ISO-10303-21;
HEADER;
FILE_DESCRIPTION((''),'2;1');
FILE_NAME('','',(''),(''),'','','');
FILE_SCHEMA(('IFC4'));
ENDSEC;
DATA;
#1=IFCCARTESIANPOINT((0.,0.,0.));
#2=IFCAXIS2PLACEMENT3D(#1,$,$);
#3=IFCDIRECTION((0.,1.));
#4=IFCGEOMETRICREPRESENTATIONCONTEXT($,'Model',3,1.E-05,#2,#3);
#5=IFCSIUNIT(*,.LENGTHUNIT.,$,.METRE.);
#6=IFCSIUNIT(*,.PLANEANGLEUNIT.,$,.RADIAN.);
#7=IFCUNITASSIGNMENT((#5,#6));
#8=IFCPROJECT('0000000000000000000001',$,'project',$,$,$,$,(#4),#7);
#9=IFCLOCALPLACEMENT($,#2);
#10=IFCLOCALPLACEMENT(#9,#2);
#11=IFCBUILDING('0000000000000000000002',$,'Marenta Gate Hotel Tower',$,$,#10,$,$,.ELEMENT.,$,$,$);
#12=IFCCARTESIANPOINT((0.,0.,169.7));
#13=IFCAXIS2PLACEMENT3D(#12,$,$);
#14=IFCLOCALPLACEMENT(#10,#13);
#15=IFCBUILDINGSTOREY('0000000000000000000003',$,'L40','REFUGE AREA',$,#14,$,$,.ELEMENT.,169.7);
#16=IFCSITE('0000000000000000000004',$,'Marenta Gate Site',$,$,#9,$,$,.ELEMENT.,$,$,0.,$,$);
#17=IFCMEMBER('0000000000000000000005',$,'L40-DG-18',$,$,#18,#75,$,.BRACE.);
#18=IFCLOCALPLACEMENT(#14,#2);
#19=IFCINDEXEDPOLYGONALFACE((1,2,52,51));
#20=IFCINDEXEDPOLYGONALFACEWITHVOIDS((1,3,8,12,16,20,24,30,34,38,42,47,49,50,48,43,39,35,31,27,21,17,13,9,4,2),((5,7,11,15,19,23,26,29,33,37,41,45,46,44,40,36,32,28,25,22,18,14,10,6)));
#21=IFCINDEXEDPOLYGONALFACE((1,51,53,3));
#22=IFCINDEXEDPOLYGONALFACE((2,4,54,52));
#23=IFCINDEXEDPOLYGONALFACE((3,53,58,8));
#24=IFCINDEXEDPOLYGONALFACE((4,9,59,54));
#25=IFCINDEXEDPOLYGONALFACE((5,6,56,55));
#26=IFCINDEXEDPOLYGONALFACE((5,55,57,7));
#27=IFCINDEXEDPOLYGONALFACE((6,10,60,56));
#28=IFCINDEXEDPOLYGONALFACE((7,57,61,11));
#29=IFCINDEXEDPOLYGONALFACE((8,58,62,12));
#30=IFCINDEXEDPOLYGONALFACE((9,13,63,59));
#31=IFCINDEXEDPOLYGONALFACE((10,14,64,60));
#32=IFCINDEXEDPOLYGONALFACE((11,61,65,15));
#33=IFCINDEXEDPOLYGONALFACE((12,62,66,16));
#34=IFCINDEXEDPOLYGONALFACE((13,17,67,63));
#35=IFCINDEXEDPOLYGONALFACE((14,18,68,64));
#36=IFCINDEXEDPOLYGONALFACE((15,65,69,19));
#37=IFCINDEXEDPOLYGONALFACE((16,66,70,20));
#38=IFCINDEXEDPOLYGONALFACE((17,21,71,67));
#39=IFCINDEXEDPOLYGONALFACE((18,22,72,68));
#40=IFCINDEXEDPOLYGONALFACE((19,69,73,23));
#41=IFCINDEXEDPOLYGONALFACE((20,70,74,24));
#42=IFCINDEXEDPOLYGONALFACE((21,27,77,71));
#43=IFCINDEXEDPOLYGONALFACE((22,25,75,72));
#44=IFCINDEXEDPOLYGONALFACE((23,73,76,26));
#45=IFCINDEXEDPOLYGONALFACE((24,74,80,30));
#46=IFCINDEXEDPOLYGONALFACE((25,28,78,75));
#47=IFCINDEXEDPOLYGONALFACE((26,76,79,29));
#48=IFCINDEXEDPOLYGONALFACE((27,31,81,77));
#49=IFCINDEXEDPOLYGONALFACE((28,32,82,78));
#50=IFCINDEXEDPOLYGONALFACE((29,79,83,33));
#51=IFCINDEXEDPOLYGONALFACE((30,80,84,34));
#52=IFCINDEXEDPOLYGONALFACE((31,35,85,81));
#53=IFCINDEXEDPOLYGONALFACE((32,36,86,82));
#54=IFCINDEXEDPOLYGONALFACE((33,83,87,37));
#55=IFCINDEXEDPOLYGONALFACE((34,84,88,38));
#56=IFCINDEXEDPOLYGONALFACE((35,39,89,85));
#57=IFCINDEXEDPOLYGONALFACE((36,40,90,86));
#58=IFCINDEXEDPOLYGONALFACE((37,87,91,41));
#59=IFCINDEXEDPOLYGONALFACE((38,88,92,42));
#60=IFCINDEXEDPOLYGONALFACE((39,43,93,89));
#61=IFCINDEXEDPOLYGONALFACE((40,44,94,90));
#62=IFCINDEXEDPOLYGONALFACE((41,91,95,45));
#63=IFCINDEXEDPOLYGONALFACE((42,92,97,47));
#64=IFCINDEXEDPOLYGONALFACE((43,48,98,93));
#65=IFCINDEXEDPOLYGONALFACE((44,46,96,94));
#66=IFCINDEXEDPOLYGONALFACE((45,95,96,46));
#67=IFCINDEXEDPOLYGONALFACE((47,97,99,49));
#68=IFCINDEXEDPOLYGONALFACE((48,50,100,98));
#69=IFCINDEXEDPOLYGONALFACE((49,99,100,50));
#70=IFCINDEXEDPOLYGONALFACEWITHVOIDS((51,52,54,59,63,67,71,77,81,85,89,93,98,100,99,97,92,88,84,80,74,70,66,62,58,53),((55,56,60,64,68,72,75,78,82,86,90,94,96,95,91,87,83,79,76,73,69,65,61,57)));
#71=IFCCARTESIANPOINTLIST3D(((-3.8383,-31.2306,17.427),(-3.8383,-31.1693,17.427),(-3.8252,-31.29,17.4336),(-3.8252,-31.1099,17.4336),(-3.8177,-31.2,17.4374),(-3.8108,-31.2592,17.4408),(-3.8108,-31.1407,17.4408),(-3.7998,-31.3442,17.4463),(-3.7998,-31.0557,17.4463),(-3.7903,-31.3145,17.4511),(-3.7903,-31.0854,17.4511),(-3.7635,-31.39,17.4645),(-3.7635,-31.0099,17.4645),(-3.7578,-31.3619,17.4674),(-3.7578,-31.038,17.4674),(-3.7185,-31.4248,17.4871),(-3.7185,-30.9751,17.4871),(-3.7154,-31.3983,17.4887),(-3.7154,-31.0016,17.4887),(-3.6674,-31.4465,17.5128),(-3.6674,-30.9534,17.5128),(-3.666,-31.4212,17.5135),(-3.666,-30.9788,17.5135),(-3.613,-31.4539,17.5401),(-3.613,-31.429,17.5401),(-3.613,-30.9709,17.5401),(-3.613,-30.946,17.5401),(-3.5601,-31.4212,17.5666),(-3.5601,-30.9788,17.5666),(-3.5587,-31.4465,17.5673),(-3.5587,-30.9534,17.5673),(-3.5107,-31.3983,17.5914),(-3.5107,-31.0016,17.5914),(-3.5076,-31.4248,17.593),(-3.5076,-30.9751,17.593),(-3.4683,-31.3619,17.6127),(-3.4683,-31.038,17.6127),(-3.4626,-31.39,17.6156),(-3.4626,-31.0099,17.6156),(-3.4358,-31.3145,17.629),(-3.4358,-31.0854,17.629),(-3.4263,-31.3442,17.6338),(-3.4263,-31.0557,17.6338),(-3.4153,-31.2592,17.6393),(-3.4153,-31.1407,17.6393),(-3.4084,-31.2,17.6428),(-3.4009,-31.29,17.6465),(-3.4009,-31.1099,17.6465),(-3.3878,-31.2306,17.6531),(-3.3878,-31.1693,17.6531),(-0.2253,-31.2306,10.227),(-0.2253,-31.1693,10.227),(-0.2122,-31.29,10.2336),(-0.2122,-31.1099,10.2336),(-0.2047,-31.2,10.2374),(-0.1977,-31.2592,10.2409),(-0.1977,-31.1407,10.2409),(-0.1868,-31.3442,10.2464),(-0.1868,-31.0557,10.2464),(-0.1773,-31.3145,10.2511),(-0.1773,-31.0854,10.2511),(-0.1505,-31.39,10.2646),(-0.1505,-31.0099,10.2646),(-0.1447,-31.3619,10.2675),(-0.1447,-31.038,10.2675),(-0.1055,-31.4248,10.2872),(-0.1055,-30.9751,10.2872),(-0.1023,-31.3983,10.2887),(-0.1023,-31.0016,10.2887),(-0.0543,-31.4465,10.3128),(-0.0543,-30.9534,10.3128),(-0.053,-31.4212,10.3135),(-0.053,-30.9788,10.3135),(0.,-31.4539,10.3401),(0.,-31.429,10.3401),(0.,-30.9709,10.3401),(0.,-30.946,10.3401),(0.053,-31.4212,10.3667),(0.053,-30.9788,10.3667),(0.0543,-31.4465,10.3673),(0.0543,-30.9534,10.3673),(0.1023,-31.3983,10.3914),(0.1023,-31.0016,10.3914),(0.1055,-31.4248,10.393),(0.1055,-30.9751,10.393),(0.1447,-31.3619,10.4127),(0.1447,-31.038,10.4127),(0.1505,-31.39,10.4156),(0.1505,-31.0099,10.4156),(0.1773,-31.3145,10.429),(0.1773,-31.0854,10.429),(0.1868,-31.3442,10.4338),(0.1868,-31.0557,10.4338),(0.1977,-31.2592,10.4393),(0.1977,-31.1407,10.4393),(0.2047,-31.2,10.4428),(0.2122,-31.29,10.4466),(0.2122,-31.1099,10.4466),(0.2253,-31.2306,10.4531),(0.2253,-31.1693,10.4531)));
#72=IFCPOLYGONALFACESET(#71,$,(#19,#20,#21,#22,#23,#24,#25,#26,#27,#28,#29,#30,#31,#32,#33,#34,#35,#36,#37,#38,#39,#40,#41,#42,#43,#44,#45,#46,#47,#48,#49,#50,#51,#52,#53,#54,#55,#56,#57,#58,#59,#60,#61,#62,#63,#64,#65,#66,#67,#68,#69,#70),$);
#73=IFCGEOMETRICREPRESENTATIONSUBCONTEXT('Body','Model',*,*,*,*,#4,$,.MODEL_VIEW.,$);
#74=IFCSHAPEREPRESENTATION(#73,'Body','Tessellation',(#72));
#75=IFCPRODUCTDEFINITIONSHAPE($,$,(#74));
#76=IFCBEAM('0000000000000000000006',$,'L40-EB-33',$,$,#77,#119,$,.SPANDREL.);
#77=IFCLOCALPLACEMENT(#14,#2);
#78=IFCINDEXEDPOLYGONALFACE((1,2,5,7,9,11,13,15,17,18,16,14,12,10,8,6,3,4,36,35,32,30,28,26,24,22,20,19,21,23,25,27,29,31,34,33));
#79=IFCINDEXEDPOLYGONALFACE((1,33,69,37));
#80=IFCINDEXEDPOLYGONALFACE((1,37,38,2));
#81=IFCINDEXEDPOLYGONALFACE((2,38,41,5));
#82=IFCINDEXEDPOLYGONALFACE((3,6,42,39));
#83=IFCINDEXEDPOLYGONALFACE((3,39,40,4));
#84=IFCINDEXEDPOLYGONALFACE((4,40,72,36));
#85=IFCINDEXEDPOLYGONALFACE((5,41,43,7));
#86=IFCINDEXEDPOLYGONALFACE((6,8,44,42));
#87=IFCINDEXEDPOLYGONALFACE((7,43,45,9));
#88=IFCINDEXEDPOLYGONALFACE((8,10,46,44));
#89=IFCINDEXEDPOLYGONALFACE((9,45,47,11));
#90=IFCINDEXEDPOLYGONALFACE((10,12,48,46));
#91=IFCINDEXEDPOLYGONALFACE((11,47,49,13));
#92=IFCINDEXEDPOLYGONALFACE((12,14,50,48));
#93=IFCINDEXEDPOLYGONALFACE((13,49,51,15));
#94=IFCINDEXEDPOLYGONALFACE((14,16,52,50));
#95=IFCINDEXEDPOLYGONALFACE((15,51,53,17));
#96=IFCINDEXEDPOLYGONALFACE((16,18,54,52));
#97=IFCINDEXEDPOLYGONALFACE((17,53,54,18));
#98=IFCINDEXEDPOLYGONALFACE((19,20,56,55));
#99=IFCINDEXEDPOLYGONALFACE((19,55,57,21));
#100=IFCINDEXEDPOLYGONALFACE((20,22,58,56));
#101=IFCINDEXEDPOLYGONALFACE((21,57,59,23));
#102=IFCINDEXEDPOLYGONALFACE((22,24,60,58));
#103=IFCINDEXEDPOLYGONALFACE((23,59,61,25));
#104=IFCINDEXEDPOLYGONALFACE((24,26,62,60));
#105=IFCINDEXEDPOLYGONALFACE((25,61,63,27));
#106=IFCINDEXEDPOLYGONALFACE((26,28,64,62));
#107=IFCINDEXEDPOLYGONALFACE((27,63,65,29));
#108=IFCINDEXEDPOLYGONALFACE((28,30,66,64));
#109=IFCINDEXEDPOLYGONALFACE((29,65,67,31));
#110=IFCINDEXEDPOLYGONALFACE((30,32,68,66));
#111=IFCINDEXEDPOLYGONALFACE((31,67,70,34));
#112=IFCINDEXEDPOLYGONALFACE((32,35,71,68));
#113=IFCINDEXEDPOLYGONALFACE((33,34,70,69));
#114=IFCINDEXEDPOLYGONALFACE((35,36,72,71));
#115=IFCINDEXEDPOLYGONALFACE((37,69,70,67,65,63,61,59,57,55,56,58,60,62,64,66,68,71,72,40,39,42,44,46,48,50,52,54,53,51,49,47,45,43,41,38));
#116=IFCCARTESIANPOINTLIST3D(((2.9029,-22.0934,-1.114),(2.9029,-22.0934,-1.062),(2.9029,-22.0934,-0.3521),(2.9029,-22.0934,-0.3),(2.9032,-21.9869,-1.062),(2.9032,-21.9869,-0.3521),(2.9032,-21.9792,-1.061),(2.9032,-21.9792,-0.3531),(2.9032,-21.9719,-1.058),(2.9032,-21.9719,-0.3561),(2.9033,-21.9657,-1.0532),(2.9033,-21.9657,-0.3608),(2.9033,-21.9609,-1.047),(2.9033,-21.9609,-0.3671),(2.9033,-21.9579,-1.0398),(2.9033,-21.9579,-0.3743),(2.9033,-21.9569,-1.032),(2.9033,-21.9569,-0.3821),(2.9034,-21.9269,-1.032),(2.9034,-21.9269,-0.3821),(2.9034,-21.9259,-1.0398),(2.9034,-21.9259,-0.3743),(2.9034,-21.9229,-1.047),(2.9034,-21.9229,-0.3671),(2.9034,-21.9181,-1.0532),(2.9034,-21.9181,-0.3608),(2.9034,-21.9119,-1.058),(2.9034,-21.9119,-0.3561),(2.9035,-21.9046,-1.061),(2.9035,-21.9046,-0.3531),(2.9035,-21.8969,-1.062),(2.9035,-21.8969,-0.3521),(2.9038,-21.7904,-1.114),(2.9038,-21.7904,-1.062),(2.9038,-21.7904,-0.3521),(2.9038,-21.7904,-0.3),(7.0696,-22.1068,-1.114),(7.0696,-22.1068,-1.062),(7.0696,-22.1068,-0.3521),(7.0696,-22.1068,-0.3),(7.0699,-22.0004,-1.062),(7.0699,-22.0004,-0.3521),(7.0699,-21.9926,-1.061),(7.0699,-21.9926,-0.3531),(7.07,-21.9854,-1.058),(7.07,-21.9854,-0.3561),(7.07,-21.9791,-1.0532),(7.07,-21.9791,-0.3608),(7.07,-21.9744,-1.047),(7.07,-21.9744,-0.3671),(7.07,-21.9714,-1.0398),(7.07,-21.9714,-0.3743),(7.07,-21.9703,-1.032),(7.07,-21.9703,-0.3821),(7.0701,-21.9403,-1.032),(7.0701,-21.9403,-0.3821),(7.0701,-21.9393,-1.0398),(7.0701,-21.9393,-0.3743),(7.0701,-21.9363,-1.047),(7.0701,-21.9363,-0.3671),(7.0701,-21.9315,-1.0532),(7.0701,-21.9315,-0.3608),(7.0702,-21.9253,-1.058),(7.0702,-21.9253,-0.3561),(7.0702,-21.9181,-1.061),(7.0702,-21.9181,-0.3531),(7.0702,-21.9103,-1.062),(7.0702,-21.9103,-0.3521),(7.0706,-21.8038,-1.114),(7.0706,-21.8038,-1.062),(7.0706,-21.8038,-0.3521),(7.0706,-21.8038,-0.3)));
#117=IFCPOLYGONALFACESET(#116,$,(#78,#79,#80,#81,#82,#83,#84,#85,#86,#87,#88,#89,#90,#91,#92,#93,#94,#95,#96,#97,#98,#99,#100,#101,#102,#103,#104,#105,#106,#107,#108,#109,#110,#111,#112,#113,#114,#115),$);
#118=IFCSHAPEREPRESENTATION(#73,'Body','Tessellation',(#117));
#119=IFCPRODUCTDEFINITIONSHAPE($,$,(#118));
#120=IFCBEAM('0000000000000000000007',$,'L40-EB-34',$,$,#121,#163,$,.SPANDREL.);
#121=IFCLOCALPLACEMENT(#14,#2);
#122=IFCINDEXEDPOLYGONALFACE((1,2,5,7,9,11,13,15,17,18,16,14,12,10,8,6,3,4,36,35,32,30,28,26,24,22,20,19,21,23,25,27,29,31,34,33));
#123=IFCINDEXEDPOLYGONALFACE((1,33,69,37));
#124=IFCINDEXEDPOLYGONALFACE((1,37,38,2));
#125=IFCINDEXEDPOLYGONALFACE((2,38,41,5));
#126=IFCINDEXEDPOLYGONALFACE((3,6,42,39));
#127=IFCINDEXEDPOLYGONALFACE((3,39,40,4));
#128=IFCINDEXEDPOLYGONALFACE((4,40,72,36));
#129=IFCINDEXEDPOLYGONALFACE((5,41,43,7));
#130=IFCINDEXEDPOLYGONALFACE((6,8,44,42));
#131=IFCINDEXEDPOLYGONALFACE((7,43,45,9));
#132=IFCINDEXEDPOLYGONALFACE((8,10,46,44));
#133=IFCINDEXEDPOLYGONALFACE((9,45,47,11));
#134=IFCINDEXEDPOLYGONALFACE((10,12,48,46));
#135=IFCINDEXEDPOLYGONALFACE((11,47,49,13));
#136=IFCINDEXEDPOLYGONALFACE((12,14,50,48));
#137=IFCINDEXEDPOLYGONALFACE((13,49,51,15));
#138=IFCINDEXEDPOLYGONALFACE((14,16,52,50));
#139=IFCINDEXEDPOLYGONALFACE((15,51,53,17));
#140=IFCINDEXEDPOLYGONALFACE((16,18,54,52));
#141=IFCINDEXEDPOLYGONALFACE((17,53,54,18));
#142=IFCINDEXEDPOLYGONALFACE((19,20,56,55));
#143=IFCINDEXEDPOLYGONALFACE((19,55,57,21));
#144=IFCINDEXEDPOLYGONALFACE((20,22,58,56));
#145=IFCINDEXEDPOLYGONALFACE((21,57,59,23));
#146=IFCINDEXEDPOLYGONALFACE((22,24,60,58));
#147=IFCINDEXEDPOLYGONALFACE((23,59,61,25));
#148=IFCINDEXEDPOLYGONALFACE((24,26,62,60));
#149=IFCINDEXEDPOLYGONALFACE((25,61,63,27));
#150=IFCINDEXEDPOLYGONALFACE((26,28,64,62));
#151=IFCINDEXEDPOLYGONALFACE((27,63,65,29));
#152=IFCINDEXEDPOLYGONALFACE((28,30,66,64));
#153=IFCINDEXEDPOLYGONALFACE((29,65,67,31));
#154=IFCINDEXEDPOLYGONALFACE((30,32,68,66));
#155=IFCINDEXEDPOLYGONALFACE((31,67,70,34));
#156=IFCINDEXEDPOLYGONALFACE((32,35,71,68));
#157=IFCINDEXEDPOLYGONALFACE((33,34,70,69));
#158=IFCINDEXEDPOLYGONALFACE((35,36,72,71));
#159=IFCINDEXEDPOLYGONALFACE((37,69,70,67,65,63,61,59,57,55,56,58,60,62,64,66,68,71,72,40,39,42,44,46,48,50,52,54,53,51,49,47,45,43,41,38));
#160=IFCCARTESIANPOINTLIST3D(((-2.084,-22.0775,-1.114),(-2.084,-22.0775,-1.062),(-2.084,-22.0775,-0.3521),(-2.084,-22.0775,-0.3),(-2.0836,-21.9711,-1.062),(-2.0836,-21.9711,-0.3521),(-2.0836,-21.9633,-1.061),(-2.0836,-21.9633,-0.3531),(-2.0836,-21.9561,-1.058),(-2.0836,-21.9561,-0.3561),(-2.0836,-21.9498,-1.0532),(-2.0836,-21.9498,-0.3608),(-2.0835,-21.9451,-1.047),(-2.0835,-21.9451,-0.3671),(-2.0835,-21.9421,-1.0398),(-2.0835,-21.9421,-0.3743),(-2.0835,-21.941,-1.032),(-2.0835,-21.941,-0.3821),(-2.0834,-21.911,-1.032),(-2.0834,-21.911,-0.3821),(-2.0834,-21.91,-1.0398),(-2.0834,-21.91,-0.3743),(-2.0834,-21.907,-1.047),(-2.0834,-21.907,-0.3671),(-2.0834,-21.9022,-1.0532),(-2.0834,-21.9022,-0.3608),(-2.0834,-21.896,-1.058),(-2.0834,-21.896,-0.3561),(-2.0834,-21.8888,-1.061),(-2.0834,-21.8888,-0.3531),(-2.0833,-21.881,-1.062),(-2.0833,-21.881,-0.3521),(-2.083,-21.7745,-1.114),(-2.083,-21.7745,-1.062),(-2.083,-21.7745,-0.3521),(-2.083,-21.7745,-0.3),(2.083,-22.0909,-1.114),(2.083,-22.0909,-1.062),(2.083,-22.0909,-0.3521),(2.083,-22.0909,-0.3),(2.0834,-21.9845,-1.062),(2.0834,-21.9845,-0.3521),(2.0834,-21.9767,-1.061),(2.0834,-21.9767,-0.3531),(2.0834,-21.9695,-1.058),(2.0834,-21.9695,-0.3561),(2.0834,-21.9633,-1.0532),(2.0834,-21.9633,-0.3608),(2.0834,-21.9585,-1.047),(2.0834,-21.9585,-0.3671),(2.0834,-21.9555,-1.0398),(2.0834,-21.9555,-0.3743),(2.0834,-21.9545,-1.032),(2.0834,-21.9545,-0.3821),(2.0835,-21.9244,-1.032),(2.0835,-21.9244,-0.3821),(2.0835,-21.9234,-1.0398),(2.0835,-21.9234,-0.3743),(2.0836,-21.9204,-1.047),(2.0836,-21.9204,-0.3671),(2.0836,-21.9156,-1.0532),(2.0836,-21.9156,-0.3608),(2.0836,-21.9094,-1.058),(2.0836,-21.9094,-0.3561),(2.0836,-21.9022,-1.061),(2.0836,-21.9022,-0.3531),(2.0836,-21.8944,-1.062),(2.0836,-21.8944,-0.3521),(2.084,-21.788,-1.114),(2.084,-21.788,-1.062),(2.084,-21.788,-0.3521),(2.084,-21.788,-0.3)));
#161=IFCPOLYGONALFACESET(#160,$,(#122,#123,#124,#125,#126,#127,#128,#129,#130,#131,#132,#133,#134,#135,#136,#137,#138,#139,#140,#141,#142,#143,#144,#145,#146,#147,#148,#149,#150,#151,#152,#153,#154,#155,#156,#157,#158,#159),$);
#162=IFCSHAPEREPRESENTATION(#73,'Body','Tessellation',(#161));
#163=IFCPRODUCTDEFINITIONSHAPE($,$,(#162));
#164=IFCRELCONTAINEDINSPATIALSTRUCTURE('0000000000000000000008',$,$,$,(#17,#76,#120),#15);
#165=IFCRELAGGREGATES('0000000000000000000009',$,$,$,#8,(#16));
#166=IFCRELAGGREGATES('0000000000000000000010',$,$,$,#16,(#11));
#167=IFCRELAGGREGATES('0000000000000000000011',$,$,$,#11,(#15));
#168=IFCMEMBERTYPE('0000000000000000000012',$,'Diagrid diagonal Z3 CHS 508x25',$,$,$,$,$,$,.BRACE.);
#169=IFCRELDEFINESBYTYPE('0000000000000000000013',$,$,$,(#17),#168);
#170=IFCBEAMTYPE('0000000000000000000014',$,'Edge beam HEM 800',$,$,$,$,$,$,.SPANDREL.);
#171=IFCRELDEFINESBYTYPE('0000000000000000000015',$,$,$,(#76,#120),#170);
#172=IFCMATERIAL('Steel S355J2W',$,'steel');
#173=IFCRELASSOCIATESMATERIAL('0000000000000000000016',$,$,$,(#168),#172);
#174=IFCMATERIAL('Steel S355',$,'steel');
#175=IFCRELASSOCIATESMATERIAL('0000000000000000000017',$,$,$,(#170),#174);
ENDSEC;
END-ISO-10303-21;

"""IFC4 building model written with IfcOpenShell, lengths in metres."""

from ifc_helpers import new_model, si_unit, direction, frame, origin, origin_2d, place, context, subcontext, project, spatial, hollow_circle, i_section, extrude, material, material_profile, profile_set, type_object, element, save


model = new_model("IFC4")

# Units and contexts
model_context = context("Model", 3, precision=1e-05, world=origin(), true_north=direction((0.0, 1.0)))
body_context = subcontext(model_context, "Body", "Model", "MODEL_VIEW")
ifc_project = project(units=[si_unit("LENGTHUNIT", "METRE"), si_unit("PLANEANGLEUNIT", "RADIAN")], contexts=[model_context])

# Site, building, storey
site_placement = place(None, origin())
site = spatial("IfcSite", under=ifc_project, at=site_placement, Name="Marenta Gate Site", CompositionType="ELEMENT", RefElevation=0.0)
building_placement = place(site_placement, origin())
building = spatial("IfcBuilding", under=site, at=building_placement, Name="Marenta Gate Hotel Tower", CompositionType="ELEMENT")
storey_placement = place(building_placement, frame((0.0, 0.0, 169.7)))
storey = spatial("IfcBuildingStorey", under=building, at=storey_placement, Name="L40", Description="REFUGE AREA", CompositionType="ELEMENT", Elevation=169.7)

# Member
ifc_material_1 = material(Name="Steel S355J2W", Category="steel")
ifc_material_profile_1 = material_profile(ifc_material_1, hollow_circle(Radius=0.2539, WallThickness=0.0249, at=origin_2d()), Name="CHS 508x25")
ifc_profile_set_1 = profile_set([ifc_material_profile_1], Name="Steel S355J2W")
member_type_1 = type_object("IfcMemberType", Name="Diagrid diagonal Z3 CHS 508x25", PredefinedType="BRACE", material=ifc_profile_set_1)
for number, where, z_axis, x_axis, name in (
    (1, (0.0, -31.2, 10.3401), (-0.44851, 0.0, 0.893778), (0.0, -1.0, 0.0), "L40-DG-18"),
):
    element("IfcMember", number, at=place(storey_placement, frame(where, z_axis=z_axis, x_axis=x_axis)), inside=storey, type_object=member_type_1, Name=name, PredefinedType="BRACE", context=body_context, shape_type="SweptSolid", body=[
        extrude(hollow_circle(Radius=0.2539, WallThickness=0.0249, at=origin_2d()), origin(), (0.0, 0.0, 1.0), 8.0557),
    ])

# Beams
ifc_material_2 = material(Name="Steel S355", Category="steel")
ifc_material_profile_2 = material_profile(ifc_material_2, i_section(OverallWidth=0.303, OverallDepth=0.814, WebThickness=0.03, FlangeThickness=0.052, FilletRadius=0.03, at=origin_2d()), Name="HEM 800")
ifc_profile_set_2 = profile_set([ifc_material_profile_2], Name="Steel S355")
beam_type_1 = type_object("IfcBeamType", Name="Edge beam HEM 800", PredefinedType="SPANDREL", material=ifc_profile_set_2)
beam_1_placement = place(storey_placement, frame((7.0701, -21.9553, -0.707), z_axis=(-0.999995, 0.003223, 0.0), x_axis=(-0.003223, -0.999995, 0.0)))
element("IfcBeam", 2, at=beam_1_placement, inside=storey, type_object=beam_type_1, Name="L40-EB-33", PredefinedType="SPANDREL", context=body_context, shape_type="SweptSolid", body=[
    extrude(i_section(OverallWidth=0.303, OverallDepth=0.814, WebThickness=0.03, FlangeThickness=0.052, FilletRadius=0.03, at=origin_2d()), origin(), (0.0, 0.0, 1.0), 4.1667),
])
beam_2_placement = place(storey_placement, frame((2.0835, -21.9395, -0.707), z_axis=(-0.999995, 0.003222, 0.0), x_axis=(-0.003222, -0.999995, 0.0)))
element("IfcBeam", 3, at=beam_2_placement, inside=storey, type_object=beam_type_1, Name="L40-EB-34", PredefinedType="SPANDREL", context=body_context, shape_type="SweptSolid", body=[
    extrude(i_section(OverallWidth=0.303, OverallDepth=0.814, WebThickness=0.03, FlangeThickness=0.052, FilletRadius=0.03, at=origin_2d()), origin(), (0.0, 0.0, 1.0), 4.167),
])

save(model, "model.ifc")
